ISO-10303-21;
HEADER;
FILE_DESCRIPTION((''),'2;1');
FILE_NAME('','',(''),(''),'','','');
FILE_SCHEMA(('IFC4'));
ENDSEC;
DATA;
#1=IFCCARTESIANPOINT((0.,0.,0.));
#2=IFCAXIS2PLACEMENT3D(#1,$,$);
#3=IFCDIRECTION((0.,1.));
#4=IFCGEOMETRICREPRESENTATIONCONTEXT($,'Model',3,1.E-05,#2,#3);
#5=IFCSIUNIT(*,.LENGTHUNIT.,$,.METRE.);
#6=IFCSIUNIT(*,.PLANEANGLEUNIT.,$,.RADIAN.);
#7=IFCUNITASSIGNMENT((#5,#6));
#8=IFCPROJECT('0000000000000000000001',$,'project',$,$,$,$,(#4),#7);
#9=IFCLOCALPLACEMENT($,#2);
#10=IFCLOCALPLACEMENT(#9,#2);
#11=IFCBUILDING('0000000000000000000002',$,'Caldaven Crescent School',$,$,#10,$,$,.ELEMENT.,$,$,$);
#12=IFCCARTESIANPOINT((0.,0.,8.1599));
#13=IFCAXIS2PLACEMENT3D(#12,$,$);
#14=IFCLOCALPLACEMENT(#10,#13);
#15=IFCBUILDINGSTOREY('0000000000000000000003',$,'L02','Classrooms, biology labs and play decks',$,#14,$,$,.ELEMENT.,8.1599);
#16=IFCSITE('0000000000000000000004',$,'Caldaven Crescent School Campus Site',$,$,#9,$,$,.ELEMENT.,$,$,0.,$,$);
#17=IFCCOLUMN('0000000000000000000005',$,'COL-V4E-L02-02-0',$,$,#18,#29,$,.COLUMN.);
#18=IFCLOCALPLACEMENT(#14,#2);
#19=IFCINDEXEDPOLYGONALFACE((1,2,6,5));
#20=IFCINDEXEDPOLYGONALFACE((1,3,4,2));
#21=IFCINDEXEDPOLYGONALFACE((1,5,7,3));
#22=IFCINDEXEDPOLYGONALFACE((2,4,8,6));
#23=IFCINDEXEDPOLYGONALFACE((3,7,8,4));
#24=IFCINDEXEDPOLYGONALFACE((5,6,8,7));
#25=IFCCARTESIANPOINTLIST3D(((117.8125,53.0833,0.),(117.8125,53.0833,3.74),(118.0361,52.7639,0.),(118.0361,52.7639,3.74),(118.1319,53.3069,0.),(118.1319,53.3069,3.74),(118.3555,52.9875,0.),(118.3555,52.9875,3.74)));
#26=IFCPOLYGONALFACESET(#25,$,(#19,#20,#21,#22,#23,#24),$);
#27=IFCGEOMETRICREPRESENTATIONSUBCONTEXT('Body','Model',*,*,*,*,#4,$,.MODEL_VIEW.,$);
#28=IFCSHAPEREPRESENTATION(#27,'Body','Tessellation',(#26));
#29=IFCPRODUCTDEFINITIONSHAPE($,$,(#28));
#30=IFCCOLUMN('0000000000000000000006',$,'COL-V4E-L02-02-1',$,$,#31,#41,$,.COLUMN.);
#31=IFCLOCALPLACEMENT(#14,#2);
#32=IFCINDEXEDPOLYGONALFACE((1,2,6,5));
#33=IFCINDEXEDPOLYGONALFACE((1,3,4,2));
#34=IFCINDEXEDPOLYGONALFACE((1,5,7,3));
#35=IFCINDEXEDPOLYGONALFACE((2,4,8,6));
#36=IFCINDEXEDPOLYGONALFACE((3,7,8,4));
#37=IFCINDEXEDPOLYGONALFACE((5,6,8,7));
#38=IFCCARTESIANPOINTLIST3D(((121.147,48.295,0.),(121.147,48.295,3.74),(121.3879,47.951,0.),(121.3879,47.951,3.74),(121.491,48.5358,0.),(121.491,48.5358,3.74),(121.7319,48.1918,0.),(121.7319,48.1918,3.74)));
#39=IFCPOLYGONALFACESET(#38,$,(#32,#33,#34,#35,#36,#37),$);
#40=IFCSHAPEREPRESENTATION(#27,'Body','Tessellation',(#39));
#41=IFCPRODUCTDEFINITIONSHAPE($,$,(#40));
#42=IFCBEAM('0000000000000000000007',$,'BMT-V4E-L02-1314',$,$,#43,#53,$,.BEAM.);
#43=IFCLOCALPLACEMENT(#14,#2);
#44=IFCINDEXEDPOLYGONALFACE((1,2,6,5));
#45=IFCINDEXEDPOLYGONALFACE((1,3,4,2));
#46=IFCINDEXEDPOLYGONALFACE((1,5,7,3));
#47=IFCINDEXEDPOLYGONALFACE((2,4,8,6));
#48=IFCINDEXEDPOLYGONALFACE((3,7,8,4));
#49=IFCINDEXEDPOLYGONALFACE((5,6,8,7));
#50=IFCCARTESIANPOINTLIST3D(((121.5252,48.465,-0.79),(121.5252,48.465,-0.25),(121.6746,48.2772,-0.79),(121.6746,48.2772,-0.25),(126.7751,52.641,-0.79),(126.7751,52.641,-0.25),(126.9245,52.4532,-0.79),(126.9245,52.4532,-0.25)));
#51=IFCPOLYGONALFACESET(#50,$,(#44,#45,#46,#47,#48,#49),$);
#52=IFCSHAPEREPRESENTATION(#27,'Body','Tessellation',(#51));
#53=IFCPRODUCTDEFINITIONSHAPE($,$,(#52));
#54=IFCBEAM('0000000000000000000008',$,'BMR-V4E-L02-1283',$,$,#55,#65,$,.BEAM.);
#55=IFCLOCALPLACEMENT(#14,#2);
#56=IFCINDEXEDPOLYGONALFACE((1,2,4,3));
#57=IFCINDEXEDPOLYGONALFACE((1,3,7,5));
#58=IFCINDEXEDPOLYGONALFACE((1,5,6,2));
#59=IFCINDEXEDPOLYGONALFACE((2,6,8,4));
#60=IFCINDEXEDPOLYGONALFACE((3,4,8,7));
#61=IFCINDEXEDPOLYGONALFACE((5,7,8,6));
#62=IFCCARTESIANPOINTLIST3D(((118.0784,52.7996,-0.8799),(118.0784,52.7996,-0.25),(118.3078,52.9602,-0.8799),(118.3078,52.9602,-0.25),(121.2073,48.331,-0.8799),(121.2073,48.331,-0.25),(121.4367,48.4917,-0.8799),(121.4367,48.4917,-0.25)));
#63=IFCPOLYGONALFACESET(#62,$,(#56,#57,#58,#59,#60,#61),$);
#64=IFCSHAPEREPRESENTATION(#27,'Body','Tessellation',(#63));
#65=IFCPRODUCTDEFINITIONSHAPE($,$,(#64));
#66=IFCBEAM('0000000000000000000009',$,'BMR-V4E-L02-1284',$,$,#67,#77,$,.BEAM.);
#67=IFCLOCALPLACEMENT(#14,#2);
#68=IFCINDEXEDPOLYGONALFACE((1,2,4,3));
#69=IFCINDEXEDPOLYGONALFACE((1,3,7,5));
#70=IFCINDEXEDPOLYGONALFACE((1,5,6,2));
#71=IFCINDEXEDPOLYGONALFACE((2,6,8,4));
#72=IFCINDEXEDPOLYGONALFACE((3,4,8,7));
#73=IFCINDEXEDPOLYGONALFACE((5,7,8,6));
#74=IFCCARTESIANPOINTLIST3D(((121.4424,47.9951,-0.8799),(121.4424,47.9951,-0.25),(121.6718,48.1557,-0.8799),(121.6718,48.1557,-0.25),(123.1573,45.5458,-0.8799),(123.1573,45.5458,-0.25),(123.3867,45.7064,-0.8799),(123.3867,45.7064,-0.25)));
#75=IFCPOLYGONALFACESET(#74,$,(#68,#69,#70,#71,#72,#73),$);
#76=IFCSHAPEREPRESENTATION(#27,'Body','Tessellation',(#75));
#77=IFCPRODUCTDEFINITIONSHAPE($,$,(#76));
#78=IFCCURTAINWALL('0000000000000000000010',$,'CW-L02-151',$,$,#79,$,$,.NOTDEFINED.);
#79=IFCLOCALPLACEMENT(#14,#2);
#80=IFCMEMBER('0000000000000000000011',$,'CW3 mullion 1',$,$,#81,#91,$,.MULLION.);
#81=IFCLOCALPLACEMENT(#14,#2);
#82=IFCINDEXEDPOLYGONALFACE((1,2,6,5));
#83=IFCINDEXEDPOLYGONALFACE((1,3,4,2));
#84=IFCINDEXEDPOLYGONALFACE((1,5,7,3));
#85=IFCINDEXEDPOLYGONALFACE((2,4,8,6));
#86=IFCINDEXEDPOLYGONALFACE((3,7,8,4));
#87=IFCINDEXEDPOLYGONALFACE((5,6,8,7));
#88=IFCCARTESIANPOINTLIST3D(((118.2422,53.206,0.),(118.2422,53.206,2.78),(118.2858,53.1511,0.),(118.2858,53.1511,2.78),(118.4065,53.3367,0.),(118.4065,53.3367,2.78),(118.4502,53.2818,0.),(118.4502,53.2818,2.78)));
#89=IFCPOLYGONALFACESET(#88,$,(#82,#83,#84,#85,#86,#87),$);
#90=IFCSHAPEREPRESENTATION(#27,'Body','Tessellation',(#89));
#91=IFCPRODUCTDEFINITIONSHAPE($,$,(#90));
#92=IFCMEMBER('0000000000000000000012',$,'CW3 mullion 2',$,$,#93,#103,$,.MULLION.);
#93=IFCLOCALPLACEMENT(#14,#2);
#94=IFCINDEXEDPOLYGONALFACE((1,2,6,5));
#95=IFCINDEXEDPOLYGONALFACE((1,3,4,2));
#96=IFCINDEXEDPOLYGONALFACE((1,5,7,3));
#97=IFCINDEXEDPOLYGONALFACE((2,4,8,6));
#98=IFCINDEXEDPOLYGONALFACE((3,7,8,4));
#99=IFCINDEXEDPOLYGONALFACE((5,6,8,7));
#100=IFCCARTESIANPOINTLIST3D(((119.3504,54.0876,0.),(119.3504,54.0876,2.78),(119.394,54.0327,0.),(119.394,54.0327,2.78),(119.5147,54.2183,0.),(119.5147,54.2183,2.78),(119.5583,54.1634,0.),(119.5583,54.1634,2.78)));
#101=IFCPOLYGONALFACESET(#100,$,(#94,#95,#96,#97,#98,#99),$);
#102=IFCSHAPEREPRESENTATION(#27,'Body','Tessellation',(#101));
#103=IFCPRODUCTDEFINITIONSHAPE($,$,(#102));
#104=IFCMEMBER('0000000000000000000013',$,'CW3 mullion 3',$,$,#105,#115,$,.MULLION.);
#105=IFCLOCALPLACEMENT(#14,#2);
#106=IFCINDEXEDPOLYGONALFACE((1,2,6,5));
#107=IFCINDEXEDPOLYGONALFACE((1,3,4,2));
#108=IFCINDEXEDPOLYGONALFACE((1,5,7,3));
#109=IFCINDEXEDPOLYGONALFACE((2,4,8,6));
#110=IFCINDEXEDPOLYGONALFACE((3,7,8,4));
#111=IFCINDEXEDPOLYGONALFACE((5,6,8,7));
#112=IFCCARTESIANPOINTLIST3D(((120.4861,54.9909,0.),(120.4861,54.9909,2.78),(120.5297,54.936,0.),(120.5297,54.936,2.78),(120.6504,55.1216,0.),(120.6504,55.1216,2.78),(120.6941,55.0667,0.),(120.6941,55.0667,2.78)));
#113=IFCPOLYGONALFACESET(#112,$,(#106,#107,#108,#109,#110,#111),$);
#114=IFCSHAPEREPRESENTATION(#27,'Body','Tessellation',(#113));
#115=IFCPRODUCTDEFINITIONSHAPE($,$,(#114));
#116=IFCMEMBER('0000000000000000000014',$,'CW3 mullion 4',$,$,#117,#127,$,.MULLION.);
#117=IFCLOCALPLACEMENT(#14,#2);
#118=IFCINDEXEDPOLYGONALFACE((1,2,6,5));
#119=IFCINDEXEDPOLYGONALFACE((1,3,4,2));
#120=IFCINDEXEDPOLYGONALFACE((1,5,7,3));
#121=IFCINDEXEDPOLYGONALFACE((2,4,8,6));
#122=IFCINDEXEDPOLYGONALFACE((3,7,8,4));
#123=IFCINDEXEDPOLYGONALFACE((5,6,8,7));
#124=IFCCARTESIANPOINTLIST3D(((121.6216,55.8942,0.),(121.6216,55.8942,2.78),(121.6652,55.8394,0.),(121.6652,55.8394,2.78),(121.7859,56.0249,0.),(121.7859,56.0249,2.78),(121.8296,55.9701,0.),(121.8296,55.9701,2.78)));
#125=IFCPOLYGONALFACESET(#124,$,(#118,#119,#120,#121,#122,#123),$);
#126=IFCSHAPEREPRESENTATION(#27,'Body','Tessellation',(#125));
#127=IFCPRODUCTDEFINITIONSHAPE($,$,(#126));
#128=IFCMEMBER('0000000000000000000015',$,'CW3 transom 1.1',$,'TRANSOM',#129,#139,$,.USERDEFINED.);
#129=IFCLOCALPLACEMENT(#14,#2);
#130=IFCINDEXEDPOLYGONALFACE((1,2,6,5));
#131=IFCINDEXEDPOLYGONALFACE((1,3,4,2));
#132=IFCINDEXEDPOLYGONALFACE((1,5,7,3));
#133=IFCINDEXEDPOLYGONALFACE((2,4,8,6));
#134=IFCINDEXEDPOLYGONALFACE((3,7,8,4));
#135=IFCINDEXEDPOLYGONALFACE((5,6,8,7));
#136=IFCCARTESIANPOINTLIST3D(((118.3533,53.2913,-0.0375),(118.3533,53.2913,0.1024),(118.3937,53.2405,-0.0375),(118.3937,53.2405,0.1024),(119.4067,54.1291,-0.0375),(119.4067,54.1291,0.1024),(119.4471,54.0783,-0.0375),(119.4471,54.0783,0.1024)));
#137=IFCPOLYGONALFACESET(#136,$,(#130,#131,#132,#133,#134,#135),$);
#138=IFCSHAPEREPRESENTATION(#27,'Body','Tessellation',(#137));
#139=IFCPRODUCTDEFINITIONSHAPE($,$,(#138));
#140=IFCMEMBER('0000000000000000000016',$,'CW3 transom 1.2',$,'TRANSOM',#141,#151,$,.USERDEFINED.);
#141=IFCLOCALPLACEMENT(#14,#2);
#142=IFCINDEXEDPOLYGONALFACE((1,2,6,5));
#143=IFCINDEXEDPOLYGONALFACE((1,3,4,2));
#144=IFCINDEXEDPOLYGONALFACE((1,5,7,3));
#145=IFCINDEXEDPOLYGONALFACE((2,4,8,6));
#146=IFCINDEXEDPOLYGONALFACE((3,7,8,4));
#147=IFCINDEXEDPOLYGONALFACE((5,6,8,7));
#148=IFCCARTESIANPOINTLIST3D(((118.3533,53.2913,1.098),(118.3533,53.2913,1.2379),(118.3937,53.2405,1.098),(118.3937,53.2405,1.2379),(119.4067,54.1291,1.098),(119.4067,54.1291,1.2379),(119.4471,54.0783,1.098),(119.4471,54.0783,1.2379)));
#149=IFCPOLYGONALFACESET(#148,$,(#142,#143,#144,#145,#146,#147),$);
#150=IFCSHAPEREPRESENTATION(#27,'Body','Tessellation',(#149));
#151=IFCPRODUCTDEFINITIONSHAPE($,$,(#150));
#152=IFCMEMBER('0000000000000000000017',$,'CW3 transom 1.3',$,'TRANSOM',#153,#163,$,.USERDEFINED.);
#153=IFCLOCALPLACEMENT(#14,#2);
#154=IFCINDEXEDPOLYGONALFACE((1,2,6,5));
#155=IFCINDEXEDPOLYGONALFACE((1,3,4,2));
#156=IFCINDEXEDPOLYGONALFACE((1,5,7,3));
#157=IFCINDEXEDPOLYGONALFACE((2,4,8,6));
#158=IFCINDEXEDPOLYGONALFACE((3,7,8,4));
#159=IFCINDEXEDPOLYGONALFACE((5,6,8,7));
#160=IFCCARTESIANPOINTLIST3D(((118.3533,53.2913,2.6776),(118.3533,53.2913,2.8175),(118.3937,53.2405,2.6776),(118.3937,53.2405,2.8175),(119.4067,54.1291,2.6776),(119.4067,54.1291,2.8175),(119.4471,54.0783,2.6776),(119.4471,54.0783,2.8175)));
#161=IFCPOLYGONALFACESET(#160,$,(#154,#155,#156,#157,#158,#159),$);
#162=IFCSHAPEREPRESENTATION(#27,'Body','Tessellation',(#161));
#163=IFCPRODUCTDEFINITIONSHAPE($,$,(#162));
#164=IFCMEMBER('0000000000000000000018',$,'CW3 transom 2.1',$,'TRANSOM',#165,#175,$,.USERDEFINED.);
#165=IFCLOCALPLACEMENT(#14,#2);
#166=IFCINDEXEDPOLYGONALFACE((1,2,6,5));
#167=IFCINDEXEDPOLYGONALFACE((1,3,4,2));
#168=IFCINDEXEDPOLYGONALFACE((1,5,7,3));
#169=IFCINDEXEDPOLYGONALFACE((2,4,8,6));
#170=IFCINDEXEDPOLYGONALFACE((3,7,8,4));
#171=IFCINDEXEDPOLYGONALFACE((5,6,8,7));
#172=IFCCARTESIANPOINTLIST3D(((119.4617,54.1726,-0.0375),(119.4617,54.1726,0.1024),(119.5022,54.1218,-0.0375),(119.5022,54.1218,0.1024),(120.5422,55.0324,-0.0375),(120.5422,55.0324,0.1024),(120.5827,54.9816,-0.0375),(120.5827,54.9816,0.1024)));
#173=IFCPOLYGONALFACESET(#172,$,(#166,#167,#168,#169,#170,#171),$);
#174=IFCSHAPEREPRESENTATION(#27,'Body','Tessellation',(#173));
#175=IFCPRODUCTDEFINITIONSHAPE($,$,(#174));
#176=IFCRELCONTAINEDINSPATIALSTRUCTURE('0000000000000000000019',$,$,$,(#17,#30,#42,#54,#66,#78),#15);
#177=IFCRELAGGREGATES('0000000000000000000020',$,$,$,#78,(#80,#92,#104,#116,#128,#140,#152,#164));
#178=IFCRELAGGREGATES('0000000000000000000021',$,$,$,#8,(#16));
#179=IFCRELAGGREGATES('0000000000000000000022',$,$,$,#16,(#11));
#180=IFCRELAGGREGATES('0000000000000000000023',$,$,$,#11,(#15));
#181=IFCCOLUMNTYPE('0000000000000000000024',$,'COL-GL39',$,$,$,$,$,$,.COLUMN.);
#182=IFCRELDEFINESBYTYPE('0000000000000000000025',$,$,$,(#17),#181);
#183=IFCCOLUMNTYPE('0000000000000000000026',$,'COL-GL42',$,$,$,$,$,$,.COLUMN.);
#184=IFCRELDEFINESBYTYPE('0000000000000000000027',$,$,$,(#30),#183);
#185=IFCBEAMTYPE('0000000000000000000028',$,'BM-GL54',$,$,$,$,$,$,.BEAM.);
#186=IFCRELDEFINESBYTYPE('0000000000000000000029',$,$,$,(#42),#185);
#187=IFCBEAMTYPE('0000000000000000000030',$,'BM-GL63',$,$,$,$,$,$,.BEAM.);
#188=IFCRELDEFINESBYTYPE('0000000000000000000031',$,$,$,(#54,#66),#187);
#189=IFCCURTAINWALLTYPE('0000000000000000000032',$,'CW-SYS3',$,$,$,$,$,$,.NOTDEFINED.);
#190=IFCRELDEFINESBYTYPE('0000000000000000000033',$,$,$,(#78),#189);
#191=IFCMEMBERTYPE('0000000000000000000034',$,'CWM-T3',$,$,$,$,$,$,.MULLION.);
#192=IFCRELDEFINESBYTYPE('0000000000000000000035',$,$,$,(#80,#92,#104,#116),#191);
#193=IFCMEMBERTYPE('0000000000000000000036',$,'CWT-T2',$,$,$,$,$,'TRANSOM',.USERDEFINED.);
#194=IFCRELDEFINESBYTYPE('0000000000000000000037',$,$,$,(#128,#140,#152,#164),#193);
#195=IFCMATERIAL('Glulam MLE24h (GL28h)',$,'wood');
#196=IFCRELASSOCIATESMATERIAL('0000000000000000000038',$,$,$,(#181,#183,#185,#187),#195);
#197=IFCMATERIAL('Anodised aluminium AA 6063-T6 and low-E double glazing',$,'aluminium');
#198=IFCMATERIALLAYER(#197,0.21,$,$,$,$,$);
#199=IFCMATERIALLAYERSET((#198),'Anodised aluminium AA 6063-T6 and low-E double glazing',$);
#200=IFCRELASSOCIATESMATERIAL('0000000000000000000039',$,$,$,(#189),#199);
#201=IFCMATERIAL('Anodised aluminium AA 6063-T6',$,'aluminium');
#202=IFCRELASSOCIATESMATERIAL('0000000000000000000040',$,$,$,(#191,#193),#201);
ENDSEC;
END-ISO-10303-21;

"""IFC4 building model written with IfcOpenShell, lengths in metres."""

from ifc_helpers import new_model, si_unit, direction, frame, origin, origin_2d, place, context, subcontext, project, spatial, rectangle, extrude, material, layer, layer_set, material_profile, profile_set, type_object, element, aggregate, save


model = new_model("IFC4")

# Units and contexts
model_context = context("Model", 3, precision=1e-05, world=origin(), true_north=direction((0.0, 1.0)))
body_context = subcontext(model_context, "Body", "Model", "MODEL_VIEW")
ifc_project = project(units=[si_unit("LENGTHUNIT", "METRE"), si_unit("PLANEANGLEUNIT", "RADIAN")], contexts=[model_context])

# Site, building, storey
site_placement = place(None, origin())
site = spatial("IfcSite", under=ifc_project, at=site_placement, Name="Caldaven Crescent School Campus Site", CompositionType="ELEMENT", RefElevation=0.0)
building_placement = place(site_placement, origin())
building = spatial("IfcBuilding", under=site, at=building_placement, Name="Caldaven Crescent School", CompositionType="ELEMENT")
storey_placement = place(building_placement, frame((0.0, 0.0, 8.1599)))
storey = spatial("IfcBuildingStorey", under=building, at=storey_placement, Name="L02", Description="Classrooms, biology labs and play decks", CompositionType="ELEMENT", Elevation=8.1599)

# Columns
ifc_material_1 = material(Name="Glulam MLE24h (GL28h)", Category="wood")
ifc_material_profile_1 = material_profile(ifc_material_1, rectangle(XDim=0.3899, YDim=0.3899, at=origin_2d()), Name="MLE 390x390")
ifc_profile_set_1 = profile_set([ifc_material_profile_1], Name="Glulam MLE24h (GL28h)")
column_type_1 = type_object("IfcColumnType", Name="COL-GL39", PredefinedType="COLUMN", material=ifc_profile_set_1)
column_1_placement = place(storey_placement, frame((118.084, 53.0354, 0.0), z_axis=(0.0, 0.0, 1.0), x_axis=(0.573576, -0.819152, 0.0)))
element("IfcColumn", 1, at=column_1_placement, inside=storey, type_object=column_type_1, Name="COL-V4E-L02-02-0", PredefinedType="COLUMN", context=body_context, shape_type="SweptSolid", body=[
    extrude(rectangle(XDim=0.3899, YDim=0.3899, at=origin_2d()), origin(), (0.0, 0.0, 1.0), 3.74),
])
ifc_material_profile_2 = material_profile(ifc_material_1, rectangle(XDim=0.4199, YDim=0.4199, at=origin_2d()), Name="MLE 420x420")
ifc_profile_set_2 = profile_set([ifc_material_profile_2], Name="Glulam MLE24h (GL28h)")
column_type_2 = type_object("IfcColumnType", Name="COL-GL42", PredefinedType="COLUMN", material=ifc_profile_set_2)
column_2_placement = place(storey_placement, frame((121.4395, 48.2434, 0.0), z_axis=(0.0, 0.0, 1.0), x_axis=(0.573576, -0.819152, 0.0)))
element("IfcColumn", 2, at=column_2_placement, inside=storey, type_object=column_type_2, Name="COL-V4E-L02-02-1", PredefinedType="COLUMN", context=body_context, shape_type="SweptSolid", body=[
    extrude(rectangle(XDim=0.4199, YDim=0.4199, at=origin_2d()), origin(), (0.0, 0.0, 1.0), 3.74),
])

# Beams
ifc_material_profile_3 = material_profile(ifc_material_1, rectangle(XDim=0.24, YDim=0.54, at=origin_2d()), Name="MLE 240x540")
ifc_profile_set_3 = profile_set([ifc_material_profile_3], Name="Glulam MLE24h (GL28h)")
beam_type_1 = type_object("IfcBeamType", Name="BM-GL54", PredefinedType="BEAM", material=ifc_profile_set_3)
beam_1_placement = place(storey_placement, frame((121.5999, 48.3711, -0.52), z_axis=(0.782609, 0.622513, 0.0), x_axis=(-0.622513, 0.782609, 0.0)))
element("IfcBeam", 3, at=beam_1_placement, inside=storey, type_object=beam_type_1, Name="BMT-V4E-L02-1314", PredefinedType="BEAM", context=body_context, shape_type="SweptSolid", body=[
    extrude(rectangle(XDim=0.24, YDim=0.54, at=origin_2d()), origin(), (0.0, 0.0, 1.0), 6.7083),
])
ifc_material_profile_4 = material_profile(ifc_material_1, rectangle(XDim=0.28, YDim=0.6299, at=origin_2d()), Name="MLE 280x630")
ifc_profile_set_4 = profile_set([ifc_material_profile_4], Name="Glulam MLE24h (GL28h)")
beam_type_2 = type_object("IfcBeamType", Name="BM-GL63", PredefinedType="BEAM", material=ifc_profile_set_4)
beam_2_placement = place(storey_placement, frame((118.1931, 52.8799, -0.5649), z_axis=(0.573579, -0.81915, 0.0), x_axis=(0.81915, 0.573579, 0.0)))
element("IfcBeam", 4, at=beam_2_placement, inside=storey, type_object=beam_type_2, Name="BMR-V4E-L02-1283", PredefinedType="BEAM", context=body_context, shape_type="SweptSolid", body=[
    extrude(rectangle(XDim=0.28, YDim=0.6299, at=origin_2d()), origin(), (0.0, 0.0, 1.0), 5.4551),
])
beam_3_placement = place(storey_placement, frame((121.5571, 48.0754, -0.5649), z_axis=(0.57355, -0.819171, 0.0), x_axis=(0.819171, 0.57355, 0.0)))
element("IfcBeam", 5, at=beam_3_placement, inside=storey, type_object=beam_type_2, Name="BMR-V4E-L02-1284", PredefinedType="BEAM", context=body_context, shape_type="SweptSolid", body=[
    extrude(rectangle(XDim=0.28, YDim=0.6299, at=origin_2d()), origin(), (0.0, 0.0, 1.0), 2.99),
])

# Curtain wall, members
ifc_material_2 = material(Name="Anodised aluminium AA 6063-T6 and low-E double glazing", Category="aluminium")
ifc_layer_1 = layer(ifc_material_2, 0.21)
ifc_layer_set_1 = layer_set([ifc_layer_1], Name="Anodised aluminium AA 6063-T6 and low-E double glazing")
curtain_wall_type = type_object("IfcCurtainWallType", Name="CW-SYS3", PredefinedType="NOTDEFINED", material=ifc_layer_set_1)
curtain_wall_placement = place(storey_placement, origin())
curtain_wall = element("IfcCurtainWall", 6, at=curtain_wall_placement, inside=storey, type_object=curtain_wall_type, Name="CW-L02-151", PredefinedType="NOTDEFINED")
ifc_material_3 = material(Name="Anodised aluminium AA 6063-T6", Category="aluminium")
ifc_material_profile_5 = material_profile(ifc_material_3, rectangle(XDim=0.0701, YDim=0.21, at=origin_2d()), Name="CWM 70x210")
ifc_profile_set_5 = profile_set([ifc_material_profile_5], Name="Anodised aluminium AA 6063-T6")
member_type_1 = type_object("IfcMemberType", Name="CWM-T3", PredefinedType="MULLION", material=ifc_profile_set_5)
member_1_placement = place(storey_placement, frame((118.3462, 53.2439, 0.0), z_axis=(0.0, 0.0, 1.0), x_axis=(-0.622515, 0.782608, 0.0)))
member_1 = element("IfcMember", 7, at=member_1_placement, type_object=member_type_1, Name="CW3 mullion 1", PredefinedType="MULLION", context=body_context, shape_type="SweptSolid", body=[
    extrude(rectangle(XDim=0.0701, YDim=0.21, at=origin_2d()), origin(), (0.0, 0.0, 1.0), 2.78),
])
member_2_placement = place(storey_placement, frame((119.4543, 54.1255, 0.0), z_axis=(0.0, 0.0, 1.0), x_axis=(-0.622515, 0.782608, 0.0)))
member_2 = element("IfcMember", 8, at=member_2_placement, type_object=member_type_1, Name="CW3 mullion 2", PredefinedType="MULLION", context=body_context, shape_type="SweptSolid", body=[
    extrude(rectangle(XDim=0.0701, YDim=0.21, at=origin_2d()), origin(), (0.0, 0.0, 1.0), 2.78),
])
member_3_placement = place(storey_placement, frame((120.5901, 55.0288, 0.0), z_axis=(0.0, 0.0, 1.0), x_axis=(-0.622515, 0.782608, 0.0)))
member_3 = element("IfcMember", 9, at=member_3_placement, type_object=member_type_1, Name="CW3 mullion 3", PredefinedType="MULLION", context=body_context, shape_type="SweptSolid", body=[
    extrude(rectangle(XDim=0.0701, YDim=0.21, at=origin_2d()), origin(), (0.0, 0.0, 1.0), 2.78),
])
member_4_placement = place(storey_placement, frame((121.7256, 55.9321, 0.0), z_axis=(0.0, 0.0, 1.0), x_axis=(-0.622515, 0.782608, 0.0)))
member_4 = element("IfcMember", 10, at=member_4_placement, type_object=member_type_1, Name="CW3 mullion 4", PredefinedType="MULLION", context=body_context, shape_type="SweptSolid", body=[
    extrude(rectangle(XDim=0.0701, YDim=0.21, at=origin_2d()), origin(), (0.0, 0.0, 1.0), 2.78),
])
ifc_material_profile_6 = material_profile(ifc_material_3, rectangle(XDim=0.0649, YDim=0.1399, at=origin_2d()), Name="CWT 65x140")
ifc_profile_set_6 = profile_set([ifc_material_profile_6], Name="Anodised aluminium AA 6063-T6")
member_type_2 = type_object("IfcMemberType", Name="CWT-T2", ElementType="TRANSOM", PredefinedType="USERDEFINED", material=ifc_profile_set_6)
member_5_placement = place(storey_placement, frame((118.3735, 53.2659, 0.0325), z_axis=(0.782635, 0.622481, 0.0), x_axis=(-0.622481, 0.782635, 0.0)))
member_5 = element("IfcMember", 11, at=member_5_placement, type_object=member_type_2, Name="CW3 transom 1.1", ObjectType="TRANSOM", PredefinedType="USERDEFINED", context=body_context, shape_type="SweptSolid", body=[
    extrude(rectangle(XDim=0.0649, YDim=0.1399, at=origin_2d()), origin(), (0.0, 0.0, 1.0), 1.3459),
])
member_6_placement = place(storey_placement, frame((118.3735, 53.2659, 1.168), z_axis=(0.782635, 0.622481, 0.0), x_axis=(-0.622481, 0.782635, 0.0)))
member_6 = element("IfcMember", 12, at=member_6_placement, type_object=member_type_2, Name="CW3 transom 1.2", ObjectType="TRANSOM", PredefinedType="USERDEFINED", context=body_context, shape_type="SweptSolid", body=[
    extrude(rectangle(XDim=0.0649, YDim=0.1399, at=origin_2d()), origin(), (0.0, 0.0, 1.0), 1.3459),
])
member_7_placement = place(storey_placement, frame((118.3735, 53.2659, 2.7476), z_axis=(0.782635, 0.622481, 0.0), x_axis=(-0.622481, 0.782635, 0.0)))
member_7 = element("IfcMember", 13, at=member_7_placement, type_object=member_type_2, Name="CW3 transom 1.3", ObjectType="TRANSOM", PredefinedType="USERDEFINED", context=body_context, shape_type="SweptSolid", body=[
    extrude(rectangle(XDim=0.0649, YDim=0.1399, at=origin_2d()), origin(), (0.0, 0.0, 1.0), 1.3459),
])
member_8_placement = place(storey_placement, frame((119.4819, 54.1472, 0.0325), z_axis=(0.782488, 0.622666, 0.0), x_axis=(-0.622666, 0.782488, 0.0)))
member_8 = element("IfcMember", 14, at=member_8_placement, type_object=member_type_2, Name="CW3 transom 2.1", ObjectType="TRANSOM", PredefinedType="USERDEFINED", context=body_context, shape_type="SweptSolid", body=[
    extrude(rectangle(XDim=0.0649, YDim=0.1399, at=origin_2d()), origin(), (0.0, 0.0, 1.0), 1.3809),
])

aggregate(curtain_wall, [member_1, member_2, member_3, member_4, member_5, member_6, member_7, member_8])

save(model, "model.ifc")
